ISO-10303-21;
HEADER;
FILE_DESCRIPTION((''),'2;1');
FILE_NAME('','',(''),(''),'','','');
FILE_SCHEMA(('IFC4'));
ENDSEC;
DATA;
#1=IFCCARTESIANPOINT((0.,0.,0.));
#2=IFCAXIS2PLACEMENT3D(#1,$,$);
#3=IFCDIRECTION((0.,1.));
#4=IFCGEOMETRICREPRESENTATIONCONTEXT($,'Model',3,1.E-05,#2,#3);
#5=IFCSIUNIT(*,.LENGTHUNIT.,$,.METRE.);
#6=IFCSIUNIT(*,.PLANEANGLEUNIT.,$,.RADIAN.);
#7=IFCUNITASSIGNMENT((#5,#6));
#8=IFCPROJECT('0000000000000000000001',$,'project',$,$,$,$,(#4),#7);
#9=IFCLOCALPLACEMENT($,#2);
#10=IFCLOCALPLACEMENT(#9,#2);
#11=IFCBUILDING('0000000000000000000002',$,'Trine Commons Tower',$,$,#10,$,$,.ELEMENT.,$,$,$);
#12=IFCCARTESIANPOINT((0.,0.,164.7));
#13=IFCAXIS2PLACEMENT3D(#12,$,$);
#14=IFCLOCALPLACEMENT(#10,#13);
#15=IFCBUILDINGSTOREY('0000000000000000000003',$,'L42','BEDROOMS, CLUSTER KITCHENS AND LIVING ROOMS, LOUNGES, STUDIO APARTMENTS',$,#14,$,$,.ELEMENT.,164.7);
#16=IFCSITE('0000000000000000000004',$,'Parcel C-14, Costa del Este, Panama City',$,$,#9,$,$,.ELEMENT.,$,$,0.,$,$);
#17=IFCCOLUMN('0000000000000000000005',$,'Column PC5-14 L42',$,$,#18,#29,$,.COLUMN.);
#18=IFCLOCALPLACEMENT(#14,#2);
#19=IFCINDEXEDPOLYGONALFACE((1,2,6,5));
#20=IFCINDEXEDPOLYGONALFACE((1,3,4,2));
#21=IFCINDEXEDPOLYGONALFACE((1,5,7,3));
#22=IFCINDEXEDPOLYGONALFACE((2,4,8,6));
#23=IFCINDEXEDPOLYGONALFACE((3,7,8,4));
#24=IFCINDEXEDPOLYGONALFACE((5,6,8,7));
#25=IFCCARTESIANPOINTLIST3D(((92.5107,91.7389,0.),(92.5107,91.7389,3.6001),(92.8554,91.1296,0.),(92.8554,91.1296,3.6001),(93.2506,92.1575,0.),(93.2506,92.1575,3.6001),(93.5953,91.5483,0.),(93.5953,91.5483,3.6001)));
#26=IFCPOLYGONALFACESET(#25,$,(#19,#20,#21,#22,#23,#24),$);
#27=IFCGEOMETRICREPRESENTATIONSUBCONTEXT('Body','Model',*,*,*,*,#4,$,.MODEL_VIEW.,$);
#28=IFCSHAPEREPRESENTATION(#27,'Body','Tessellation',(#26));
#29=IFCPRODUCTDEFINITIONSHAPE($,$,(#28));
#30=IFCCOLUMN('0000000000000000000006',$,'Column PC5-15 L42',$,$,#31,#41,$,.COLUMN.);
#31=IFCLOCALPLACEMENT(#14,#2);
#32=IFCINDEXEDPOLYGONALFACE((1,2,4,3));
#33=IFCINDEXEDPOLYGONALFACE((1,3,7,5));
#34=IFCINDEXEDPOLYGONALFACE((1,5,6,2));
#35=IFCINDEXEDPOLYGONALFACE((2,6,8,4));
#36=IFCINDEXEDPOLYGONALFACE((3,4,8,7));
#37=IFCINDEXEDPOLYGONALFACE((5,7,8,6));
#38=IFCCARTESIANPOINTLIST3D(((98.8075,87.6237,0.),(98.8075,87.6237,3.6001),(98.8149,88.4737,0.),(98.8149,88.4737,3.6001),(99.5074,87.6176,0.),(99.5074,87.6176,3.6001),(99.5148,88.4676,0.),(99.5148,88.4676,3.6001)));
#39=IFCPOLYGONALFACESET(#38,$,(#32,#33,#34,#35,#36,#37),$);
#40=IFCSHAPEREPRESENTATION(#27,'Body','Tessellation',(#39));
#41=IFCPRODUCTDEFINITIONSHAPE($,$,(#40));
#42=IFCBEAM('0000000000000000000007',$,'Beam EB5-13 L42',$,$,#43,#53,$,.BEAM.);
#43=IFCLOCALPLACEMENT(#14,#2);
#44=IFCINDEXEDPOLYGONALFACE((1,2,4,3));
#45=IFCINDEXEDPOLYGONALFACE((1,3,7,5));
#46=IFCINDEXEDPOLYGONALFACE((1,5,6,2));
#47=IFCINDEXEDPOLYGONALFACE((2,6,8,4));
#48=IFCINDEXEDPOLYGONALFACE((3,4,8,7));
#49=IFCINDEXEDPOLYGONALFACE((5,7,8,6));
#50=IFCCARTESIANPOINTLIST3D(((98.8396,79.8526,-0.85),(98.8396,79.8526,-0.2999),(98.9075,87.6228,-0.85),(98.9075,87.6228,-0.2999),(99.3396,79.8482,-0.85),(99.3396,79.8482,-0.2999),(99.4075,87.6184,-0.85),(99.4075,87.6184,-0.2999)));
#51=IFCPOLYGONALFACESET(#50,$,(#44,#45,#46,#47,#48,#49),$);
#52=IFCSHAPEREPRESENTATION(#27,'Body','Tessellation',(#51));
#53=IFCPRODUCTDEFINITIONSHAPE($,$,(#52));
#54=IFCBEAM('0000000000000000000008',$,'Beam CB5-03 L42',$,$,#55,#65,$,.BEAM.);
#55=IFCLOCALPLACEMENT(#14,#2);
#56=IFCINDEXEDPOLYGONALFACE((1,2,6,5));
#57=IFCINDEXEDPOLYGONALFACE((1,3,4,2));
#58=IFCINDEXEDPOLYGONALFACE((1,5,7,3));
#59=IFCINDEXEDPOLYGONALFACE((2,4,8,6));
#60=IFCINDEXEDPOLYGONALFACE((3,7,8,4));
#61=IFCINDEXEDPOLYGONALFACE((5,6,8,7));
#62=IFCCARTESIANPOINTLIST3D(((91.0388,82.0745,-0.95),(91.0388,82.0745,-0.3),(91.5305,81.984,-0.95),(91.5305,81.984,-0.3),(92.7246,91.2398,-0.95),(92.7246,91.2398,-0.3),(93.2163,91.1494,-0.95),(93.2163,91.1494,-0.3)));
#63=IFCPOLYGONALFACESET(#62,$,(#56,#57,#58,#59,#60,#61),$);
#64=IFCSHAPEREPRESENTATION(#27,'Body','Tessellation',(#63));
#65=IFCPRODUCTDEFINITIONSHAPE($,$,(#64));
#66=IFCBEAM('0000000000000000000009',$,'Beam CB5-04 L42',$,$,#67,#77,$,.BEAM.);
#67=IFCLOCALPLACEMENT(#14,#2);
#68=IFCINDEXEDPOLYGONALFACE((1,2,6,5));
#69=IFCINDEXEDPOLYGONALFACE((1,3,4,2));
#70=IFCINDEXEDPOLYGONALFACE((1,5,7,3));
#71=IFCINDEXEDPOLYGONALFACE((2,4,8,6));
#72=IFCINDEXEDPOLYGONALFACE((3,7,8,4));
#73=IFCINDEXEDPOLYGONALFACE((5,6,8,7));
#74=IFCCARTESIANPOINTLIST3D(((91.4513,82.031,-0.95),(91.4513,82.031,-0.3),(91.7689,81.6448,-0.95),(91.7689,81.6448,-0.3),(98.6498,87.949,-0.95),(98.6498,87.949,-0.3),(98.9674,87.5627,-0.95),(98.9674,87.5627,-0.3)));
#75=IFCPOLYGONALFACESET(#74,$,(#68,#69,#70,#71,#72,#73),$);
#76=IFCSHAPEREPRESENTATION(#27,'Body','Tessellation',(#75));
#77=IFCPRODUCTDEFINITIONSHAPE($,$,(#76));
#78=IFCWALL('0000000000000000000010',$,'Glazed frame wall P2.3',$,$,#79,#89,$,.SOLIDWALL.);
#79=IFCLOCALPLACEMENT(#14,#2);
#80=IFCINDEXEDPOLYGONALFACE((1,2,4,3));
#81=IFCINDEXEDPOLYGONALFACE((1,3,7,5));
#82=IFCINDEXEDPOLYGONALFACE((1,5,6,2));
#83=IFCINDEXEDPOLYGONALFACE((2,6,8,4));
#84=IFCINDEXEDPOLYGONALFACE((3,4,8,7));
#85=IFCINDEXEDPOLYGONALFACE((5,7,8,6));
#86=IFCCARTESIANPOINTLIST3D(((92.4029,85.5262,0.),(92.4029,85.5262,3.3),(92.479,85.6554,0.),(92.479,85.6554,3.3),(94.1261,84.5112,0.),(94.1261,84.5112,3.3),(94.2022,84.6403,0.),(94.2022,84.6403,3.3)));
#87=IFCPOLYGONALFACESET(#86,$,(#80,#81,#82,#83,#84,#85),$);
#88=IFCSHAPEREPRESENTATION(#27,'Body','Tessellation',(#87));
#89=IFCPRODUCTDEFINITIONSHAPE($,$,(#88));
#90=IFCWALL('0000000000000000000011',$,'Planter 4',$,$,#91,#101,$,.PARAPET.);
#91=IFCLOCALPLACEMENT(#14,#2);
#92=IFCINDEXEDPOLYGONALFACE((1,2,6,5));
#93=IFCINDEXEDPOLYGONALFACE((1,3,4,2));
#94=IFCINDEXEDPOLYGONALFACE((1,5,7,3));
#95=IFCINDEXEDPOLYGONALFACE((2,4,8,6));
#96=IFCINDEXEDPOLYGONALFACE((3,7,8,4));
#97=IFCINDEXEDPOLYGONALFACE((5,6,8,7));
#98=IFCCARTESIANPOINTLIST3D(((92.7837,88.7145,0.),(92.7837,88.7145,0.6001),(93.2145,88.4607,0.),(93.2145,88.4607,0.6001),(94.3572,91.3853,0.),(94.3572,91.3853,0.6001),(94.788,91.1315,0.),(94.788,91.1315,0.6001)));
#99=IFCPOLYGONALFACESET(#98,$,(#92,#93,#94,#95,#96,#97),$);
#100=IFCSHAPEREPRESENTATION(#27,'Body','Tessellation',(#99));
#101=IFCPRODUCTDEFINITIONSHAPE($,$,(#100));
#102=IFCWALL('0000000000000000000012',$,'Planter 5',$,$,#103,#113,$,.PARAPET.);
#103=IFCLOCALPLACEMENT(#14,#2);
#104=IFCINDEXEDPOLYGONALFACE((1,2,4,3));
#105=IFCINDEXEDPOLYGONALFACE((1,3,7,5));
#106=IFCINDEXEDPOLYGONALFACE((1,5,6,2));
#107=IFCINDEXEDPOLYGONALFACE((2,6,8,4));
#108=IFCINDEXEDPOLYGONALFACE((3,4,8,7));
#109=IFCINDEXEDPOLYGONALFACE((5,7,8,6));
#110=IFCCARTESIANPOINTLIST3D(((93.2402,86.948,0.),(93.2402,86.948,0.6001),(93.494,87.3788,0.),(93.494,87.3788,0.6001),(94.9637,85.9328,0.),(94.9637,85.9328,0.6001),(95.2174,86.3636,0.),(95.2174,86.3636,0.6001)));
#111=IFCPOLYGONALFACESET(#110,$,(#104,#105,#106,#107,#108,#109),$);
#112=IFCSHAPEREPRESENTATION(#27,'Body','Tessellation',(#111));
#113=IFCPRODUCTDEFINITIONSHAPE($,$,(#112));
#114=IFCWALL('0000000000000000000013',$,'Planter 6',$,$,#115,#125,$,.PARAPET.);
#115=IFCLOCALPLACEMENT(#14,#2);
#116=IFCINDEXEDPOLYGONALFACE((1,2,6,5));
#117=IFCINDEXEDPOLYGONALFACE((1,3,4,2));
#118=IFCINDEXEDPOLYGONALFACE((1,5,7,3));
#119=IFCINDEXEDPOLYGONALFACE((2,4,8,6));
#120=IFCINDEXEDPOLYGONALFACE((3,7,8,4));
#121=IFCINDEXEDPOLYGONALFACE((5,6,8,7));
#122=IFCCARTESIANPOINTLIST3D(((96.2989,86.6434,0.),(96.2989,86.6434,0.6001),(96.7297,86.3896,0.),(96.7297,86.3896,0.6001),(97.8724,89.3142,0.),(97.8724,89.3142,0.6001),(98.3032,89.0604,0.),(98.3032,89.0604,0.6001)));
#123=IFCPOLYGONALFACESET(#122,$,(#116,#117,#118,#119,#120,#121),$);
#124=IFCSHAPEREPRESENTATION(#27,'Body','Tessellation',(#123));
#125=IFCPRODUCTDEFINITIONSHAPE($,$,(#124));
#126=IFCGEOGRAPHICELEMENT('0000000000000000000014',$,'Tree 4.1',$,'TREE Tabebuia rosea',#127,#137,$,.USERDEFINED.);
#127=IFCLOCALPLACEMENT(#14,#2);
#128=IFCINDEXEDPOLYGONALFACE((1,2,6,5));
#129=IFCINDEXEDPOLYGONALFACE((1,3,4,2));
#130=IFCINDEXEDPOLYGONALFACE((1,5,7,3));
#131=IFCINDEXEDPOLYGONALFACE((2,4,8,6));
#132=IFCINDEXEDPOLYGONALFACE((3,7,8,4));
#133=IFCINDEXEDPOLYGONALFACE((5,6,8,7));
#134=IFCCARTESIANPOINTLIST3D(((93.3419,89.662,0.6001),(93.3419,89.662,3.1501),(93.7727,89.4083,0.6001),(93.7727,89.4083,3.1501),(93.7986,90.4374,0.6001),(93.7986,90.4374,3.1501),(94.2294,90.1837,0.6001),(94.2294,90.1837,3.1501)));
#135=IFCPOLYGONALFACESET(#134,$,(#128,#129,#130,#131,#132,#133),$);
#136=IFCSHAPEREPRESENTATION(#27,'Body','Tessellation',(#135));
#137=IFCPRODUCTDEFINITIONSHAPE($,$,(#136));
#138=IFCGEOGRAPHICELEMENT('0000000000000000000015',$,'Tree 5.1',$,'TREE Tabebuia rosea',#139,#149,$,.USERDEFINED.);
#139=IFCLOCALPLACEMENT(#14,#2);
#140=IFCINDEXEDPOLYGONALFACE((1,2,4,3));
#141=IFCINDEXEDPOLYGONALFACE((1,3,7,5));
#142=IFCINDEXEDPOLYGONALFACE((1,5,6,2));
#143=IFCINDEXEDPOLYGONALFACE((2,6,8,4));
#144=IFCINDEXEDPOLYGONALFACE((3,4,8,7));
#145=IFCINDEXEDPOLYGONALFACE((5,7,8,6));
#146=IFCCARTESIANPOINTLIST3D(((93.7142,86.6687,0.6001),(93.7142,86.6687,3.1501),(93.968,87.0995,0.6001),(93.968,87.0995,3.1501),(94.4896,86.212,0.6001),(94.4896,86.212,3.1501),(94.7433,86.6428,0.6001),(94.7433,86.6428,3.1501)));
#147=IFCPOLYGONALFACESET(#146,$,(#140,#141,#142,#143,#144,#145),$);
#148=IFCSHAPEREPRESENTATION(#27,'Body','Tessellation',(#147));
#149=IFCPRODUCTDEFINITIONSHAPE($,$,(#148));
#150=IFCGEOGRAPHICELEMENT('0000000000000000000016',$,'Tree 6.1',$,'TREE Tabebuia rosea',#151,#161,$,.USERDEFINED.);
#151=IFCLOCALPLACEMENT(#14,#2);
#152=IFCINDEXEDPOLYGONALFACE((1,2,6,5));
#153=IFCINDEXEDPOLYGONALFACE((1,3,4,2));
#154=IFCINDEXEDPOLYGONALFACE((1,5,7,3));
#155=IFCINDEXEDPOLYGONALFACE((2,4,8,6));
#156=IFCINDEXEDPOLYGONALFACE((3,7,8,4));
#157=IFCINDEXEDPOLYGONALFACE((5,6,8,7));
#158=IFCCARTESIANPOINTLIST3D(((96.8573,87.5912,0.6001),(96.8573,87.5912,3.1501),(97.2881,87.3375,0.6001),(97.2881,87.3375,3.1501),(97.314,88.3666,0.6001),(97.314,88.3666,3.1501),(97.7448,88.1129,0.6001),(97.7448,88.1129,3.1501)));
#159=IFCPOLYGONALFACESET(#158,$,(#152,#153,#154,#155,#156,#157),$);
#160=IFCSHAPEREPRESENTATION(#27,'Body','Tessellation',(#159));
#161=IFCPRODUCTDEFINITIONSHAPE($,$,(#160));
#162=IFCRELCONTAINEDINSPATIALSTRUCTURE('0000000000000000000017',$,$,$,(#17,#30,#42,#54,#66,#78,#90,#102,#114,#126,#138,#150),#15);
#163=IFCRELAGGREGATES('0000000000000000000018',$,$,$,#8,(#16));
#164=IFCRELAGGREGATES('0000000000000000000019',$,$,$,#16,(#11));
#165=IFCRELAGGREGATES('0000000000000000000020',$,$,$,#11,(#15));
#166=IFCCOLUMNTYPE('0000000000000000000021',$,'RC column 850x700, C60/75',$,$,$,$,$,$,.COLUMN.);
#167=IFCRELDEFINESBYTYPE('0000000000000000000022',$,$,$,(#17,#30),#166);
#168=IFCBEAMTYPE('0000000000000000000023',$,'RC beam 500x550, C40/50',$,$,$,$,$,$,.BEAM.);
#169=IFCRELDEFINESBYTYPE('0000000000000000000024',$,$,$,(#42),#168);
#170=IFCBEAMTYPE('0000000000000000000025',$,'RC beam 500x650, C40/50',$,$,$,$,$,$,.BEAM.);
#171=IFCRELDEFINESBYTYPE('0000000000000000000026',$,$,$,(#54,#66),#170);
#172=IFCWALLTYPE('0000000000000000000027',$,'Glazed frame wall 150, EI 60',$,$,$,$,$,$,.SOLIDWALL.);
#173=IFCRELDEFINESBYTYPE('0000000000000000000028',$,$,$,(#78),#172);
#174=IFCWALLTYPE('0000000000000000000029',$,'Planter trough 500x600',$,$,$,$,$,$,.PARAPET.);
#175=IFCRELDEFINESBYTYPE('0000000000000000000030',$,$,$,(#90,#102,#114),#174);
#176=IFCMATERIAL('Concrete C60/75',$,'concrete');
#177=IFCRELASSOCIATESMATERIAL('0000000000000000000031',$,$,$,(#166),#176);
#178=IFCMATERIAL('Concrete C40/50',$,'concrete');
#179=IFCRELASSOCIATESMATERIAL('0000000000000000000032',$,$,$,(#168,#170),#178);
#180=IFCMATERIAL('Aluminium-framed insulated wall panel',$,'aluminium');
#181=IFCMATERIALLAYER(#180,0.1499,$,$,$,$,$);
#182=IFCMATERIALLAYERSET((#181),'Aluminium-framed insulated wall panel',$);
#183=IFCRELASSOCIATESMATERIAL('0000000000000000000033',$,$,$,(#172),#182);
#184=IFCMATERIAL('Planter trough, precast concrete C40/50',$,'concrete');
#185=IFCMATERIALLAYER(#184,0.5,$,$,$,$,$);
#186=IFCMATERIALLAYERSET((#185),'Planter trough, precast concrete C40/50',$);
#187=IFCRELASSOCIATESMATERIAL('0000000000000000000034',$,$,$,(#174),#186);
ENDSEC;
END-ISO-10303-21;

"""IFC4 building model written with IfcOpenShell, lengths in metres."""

from ifc_helpers import new_model, si_unit, direction, frame, frame_2d, origin, origin_2d, place, context, subcontext, project, spatial, polyline, rectangle, outline, extrude, material, layer, layer_set, material_profile, profile_set, type_object, element, save


model = new_model("IFC4")

# Units and contexts
model_context = context("Model", 3, precision=1e-05, world=origin(), true_north=direction((0.0, 1.0)))
body_context = subcontext(model_context, "Body", "Model", "MODEL_VIEW")
ifc_project = project(units=[si_unit("LENGTHUNIT", "METRE"), si_unit("PLANEANGLEUNIT", "RADIAN")], contexts=[model_context])

# Site, building, storey
site_placement = place(None, origin())
site = spatial("IfcSite", under=ifc_project, at=site_placement, Name="Parcel C-14, Costa del Este, Panama City", CompositionType="ELEMENT", RefElevation=0.0)
building_placement = place(site_placement, origin())
building = spatial("IfcBuilding", under=site, at=building_placement, Name="Trine Commons Tower", CompositionType="ELEMENT")
storey_placement = place(building_placement, frame((0.0, 0.0, 164.7)))
storey = spatial("IfcBuildingStorey", under=building, at=storey_placement, Name="L42", Description="BEDROOMS, CLUSTER KITCHENS AND LIVING ROOMS, LOUNGES, STUDIO APARTMENTS", CompositionType="ELEMENT", Elevation=164.7)

# Columns
ifc_material_1 = material(Name="Concrete C60/75", Category="concrete")
ifc_material_profile_1 = material_profile(ifc_material_1, rectangle(XDim=0.8501, YDim=0.7, at=origin_2d()), Name="RC 850x700")
ifc_profile_set_1 = profile_set([ifc_material_profile_1], Name="Concrete C60/75")
column_type = type_object("IfcColumnType", Name="RC column 850x700, C60/75", PredefinedType="COLUMN", material=ifc_profile_set_1)
for number, where, z_axis, x_axis, name in (
    (1, (93.053, 91.6436, 0.0), (0.0, 0.0, 1.0), (0.870356, 0.492424, 0.0), "Column PC5-14 L42"),
    (2, (99.1611, 88.0457, 0.0), (0.0, 0.0, 1.0), (0.008727, 0.999962, 0.0), "Column PC5-15 L42"),
):
    element("IfcColumn", number, at=place(storey_placement, frame(where, z_axis=z_axis, x_axis=x_axis)), inside=storey, type_object=column_type, Name=name, PredefinedType="COLUMN", context=body_context, shape_type="SweptSolid", body=[
        extrude(rectangle(XDim=0.8501, YDim=0.7, at=origin_2d()), origin(), (0.0, 0.0, 1.0), 3.6001),
    ])

# Beams
ifc_material_2 = material(Name="Concrete C40/50", Category="concrete")
ifc_material_profile_2 = material_profile(ifc_material_2, rectangle(XDim=0.5, YDim=0.55, at=origin_2d()), Name="RC 500x550")
ifc_profile_set_2 = profile_set([ifc_material_profile_2], Name="Concrete C40/50")
beam_type_1 = type_object("IfcBeamType", Name="RC beam 500x550, C40/50", PredefinedType="BEAM", material=ifc_profile_set_2)
beam_1_placement = place(storey_placement, frame((99.1575, 87.6206, -0.575), z_axis=(-0.008734, -0.999962, 0.0), x_axis=(0.999962, -0.008734, 0.0)))
element("IfcBeam", 3, at=beam_1_placement, inside=storey, type_object=beam_type_1, Name="Beam EB5-13 L42", PredefinedType="BEAM", context=body_context, shape_type="SweptSolid", body=[
    extrude(rectangle(XDim=0.5, YDim=0.55, at=origin_2d()), origin(), (0.0, 0.0, 1.0), 7.7705),
])
ifc_material_profile_3 = material_profile(ifc_material_2, rectangle(XDim=0.5, YDim=0.6499, at=origin_2d()), Name="RC 500x650")
ifc_profile_set_3 = profile_set([ifc_material_profile_3], Name="Concrete C40/50")
beam_type_2 = type_object("IfcBeamType", Name="RC beam 500x650, C40/50", PredefinedType="BEAM", material=ifc_profile_set_3)
beam_2_placement = place(storey_placement, frame((92.9705, 91.1946, -0.625), z_axis=(-0.180898, -0.983502, 0.0), x_axis=(0.983502, -0.180898, 0.0)))
element("IfcBeam", 4, at=beam_2_placement, inside=storey, type_object=beam_type_2, Name="Beam CB5-03 L42", PredefinedType="BEAM", context=body_context, shape_type="SweptSolid", body=[
    extrude(rectangle(XDim=0.5, YDim=0.6499, at=origin_2d()), origin(), (0.0, 0.0, 1.0), 9.3191),
])
beam_3_placement = place(storey_placement, frame((98.8086, 87.7559, -0.625), z_axis=(-0.772467, -0.635055, 0.0), x_axis=(0.635055, -0.772467, 0.0)))
element("IfcBeam", 5, at=beam_3_placement, inside=storey, type_object=beam_type_2, Name="Beam CB5-04 L42", PredefinedType="BEAM", context=body_context, shape_type="SweptSolid", body=[
    extrude(rectangle(XDim=0.5, YDim=0.6499, at=origin_2d()), origin(), (0.0, 0.0, 1.0), 9.3188),
])

# Walls
ifc_material_3 = material(Name="Aluminium-framed insulated wall panel", Category="aluminium")
ifc_layer_1 = layer(ifc_material_3, 0.1499)
ifc_layer_set_1 = layer_set([ifc_layer_1], Name="Aluminium-framed insulated wall panel")
wall_type_1 = type_object("IfcWallType", Name="Glazed frame wall 150, EI 60", PredefinedType="SOLIDWALL", material=ifc_layer_set_1)
wall_1_placement = place(storey_placement, frame((92.4409, 85.5908, 0.0), z_axis=(0.0, 0.0, 1.0), x_axis=(0.861633, -0.507532, 0.0)))
element("IfcWall", 6, at=wall_1_placement, inside=storey, type_object=wall_type_1, Name="Glazed frame wall P2.3", PredefinedType="SOLIDWALL", context=body_context, shape_type="SweptSolid", body=[
    extrude(outline(polyline([(0.0, -0.075), (2.0, -0.075), (2.0, 0.075), (0.0, 0.075), (0.0, -0.075)])), origin(), (0.0, 0.0, 1.0), 3.3),
])
ifc_material_4 = material(Name="Planter trough, precast concrete C40/50", Category="concrete")
ifc_layer_2 = layer(ifc_material_4, 0.5)
ifc_layer_set_2 = layer_set([ifc_layer_2], Name="Planter trough, precast concrete C40/50")
wall_type_2 = type_object("IfcWallType", Name="Planter trough 500x600", PredefinedType="PARAPET", material=ifc_layer_set_2)
wall_2_placement = place(storey_placement, frame((94.5725, 91.2583, 0.0), z_axis=(0.0, 0.0, 1.0), x_axis=(-0.507588, -0.8616, 0.0)))
element("IfcWall", 7, at=wall_2_placement, inside=storey, type_object=wall_type_2, Name="Planter 4", PredefinedType="PARAPET", context=body_context, shape_type="SweptSolid", body=[
    extrude(rectangle(XDim=3.0999, YDim=0.5, at=frame_2d((1.5498, 0.0))), origin(), (0.0, 0.0, 1.0), 0.6001),
])
wall_3_placement = place(storey_placement, frame((93.3672, 87.1633, 0.0), z_axis=(0.0, 0.0, 1.0), x_axis=(0.861633, -0.507532, 0.0)))
element("IfcWall", 8, at=wall_3_placement, inside=storey, type_object=wall_type_2, Name="Planter 5", PredefinedType="PARAPET", context=body_context, shape_type="SweptSolid", body=[
    extrude(rectangle(XDim=2.0002, YDim=0.5, at=frame_2d((1.0, 0.0))), origin(), (0.0, 0.0, 1.0), 0.6001),
])
wall_4_placement = place(storey_placement, frame((96.5144, 86.5166, 0.0), z_axis=(0.0, 0.0, 1.0), x_axis=(0.507588, 0.8616, 0.0)))
element("IfcWall", 9, at=wall_4_placement, inside=storey, type_object=wall_type_2, Name="Planter 6", PredefinedType="PARAPET", context=body_context, shape_type="SweptSolid", body=[
    extrude(rectangle(XDim=3.0999, YDim=0.5, at=frame_2d((1.5498, 0.0))), origin(), (0.0, 0.0, 1.0), 0.6001),
])

# Geographic elements
for number, where, z_axis, x_axis, name in (
    (10, (93.7856, 89.9229, 0.6001), (0.0, 0.0, 1.0), (-0.50754, -0.861628, 0.0), "Tree 4.1"),
    (11, (94.2288, 86.6558, 0.6001), (0.0, 0.0, 1.0), (0.861628, -0.50754, 0.0), "Tree 5.1"),
    (12, (97.301, 87.8521, 0.6001), (0.0, 0.0, 1.0), (0.50754, 0.861628, 0.0), "Tree 6.1"),
):
    element("IfcGeographicElement", number, at=place(storey_placement, frame(where, z_axis=z_axis, x_axis=x_axis)), inside=storey, Name=name, ObjectType="TREE Tabebuia rosea", PredefinedType="USERDEFINED", context=body_context, shape_type="SweptSolid", body=[
        extrude(rectangle(XDim=0.8999, YDim=0.5, at=origin_2d()), origin(), (0.0, 0.0, 1.0), 2.55),
    ])

save(model, "model.ifc")
